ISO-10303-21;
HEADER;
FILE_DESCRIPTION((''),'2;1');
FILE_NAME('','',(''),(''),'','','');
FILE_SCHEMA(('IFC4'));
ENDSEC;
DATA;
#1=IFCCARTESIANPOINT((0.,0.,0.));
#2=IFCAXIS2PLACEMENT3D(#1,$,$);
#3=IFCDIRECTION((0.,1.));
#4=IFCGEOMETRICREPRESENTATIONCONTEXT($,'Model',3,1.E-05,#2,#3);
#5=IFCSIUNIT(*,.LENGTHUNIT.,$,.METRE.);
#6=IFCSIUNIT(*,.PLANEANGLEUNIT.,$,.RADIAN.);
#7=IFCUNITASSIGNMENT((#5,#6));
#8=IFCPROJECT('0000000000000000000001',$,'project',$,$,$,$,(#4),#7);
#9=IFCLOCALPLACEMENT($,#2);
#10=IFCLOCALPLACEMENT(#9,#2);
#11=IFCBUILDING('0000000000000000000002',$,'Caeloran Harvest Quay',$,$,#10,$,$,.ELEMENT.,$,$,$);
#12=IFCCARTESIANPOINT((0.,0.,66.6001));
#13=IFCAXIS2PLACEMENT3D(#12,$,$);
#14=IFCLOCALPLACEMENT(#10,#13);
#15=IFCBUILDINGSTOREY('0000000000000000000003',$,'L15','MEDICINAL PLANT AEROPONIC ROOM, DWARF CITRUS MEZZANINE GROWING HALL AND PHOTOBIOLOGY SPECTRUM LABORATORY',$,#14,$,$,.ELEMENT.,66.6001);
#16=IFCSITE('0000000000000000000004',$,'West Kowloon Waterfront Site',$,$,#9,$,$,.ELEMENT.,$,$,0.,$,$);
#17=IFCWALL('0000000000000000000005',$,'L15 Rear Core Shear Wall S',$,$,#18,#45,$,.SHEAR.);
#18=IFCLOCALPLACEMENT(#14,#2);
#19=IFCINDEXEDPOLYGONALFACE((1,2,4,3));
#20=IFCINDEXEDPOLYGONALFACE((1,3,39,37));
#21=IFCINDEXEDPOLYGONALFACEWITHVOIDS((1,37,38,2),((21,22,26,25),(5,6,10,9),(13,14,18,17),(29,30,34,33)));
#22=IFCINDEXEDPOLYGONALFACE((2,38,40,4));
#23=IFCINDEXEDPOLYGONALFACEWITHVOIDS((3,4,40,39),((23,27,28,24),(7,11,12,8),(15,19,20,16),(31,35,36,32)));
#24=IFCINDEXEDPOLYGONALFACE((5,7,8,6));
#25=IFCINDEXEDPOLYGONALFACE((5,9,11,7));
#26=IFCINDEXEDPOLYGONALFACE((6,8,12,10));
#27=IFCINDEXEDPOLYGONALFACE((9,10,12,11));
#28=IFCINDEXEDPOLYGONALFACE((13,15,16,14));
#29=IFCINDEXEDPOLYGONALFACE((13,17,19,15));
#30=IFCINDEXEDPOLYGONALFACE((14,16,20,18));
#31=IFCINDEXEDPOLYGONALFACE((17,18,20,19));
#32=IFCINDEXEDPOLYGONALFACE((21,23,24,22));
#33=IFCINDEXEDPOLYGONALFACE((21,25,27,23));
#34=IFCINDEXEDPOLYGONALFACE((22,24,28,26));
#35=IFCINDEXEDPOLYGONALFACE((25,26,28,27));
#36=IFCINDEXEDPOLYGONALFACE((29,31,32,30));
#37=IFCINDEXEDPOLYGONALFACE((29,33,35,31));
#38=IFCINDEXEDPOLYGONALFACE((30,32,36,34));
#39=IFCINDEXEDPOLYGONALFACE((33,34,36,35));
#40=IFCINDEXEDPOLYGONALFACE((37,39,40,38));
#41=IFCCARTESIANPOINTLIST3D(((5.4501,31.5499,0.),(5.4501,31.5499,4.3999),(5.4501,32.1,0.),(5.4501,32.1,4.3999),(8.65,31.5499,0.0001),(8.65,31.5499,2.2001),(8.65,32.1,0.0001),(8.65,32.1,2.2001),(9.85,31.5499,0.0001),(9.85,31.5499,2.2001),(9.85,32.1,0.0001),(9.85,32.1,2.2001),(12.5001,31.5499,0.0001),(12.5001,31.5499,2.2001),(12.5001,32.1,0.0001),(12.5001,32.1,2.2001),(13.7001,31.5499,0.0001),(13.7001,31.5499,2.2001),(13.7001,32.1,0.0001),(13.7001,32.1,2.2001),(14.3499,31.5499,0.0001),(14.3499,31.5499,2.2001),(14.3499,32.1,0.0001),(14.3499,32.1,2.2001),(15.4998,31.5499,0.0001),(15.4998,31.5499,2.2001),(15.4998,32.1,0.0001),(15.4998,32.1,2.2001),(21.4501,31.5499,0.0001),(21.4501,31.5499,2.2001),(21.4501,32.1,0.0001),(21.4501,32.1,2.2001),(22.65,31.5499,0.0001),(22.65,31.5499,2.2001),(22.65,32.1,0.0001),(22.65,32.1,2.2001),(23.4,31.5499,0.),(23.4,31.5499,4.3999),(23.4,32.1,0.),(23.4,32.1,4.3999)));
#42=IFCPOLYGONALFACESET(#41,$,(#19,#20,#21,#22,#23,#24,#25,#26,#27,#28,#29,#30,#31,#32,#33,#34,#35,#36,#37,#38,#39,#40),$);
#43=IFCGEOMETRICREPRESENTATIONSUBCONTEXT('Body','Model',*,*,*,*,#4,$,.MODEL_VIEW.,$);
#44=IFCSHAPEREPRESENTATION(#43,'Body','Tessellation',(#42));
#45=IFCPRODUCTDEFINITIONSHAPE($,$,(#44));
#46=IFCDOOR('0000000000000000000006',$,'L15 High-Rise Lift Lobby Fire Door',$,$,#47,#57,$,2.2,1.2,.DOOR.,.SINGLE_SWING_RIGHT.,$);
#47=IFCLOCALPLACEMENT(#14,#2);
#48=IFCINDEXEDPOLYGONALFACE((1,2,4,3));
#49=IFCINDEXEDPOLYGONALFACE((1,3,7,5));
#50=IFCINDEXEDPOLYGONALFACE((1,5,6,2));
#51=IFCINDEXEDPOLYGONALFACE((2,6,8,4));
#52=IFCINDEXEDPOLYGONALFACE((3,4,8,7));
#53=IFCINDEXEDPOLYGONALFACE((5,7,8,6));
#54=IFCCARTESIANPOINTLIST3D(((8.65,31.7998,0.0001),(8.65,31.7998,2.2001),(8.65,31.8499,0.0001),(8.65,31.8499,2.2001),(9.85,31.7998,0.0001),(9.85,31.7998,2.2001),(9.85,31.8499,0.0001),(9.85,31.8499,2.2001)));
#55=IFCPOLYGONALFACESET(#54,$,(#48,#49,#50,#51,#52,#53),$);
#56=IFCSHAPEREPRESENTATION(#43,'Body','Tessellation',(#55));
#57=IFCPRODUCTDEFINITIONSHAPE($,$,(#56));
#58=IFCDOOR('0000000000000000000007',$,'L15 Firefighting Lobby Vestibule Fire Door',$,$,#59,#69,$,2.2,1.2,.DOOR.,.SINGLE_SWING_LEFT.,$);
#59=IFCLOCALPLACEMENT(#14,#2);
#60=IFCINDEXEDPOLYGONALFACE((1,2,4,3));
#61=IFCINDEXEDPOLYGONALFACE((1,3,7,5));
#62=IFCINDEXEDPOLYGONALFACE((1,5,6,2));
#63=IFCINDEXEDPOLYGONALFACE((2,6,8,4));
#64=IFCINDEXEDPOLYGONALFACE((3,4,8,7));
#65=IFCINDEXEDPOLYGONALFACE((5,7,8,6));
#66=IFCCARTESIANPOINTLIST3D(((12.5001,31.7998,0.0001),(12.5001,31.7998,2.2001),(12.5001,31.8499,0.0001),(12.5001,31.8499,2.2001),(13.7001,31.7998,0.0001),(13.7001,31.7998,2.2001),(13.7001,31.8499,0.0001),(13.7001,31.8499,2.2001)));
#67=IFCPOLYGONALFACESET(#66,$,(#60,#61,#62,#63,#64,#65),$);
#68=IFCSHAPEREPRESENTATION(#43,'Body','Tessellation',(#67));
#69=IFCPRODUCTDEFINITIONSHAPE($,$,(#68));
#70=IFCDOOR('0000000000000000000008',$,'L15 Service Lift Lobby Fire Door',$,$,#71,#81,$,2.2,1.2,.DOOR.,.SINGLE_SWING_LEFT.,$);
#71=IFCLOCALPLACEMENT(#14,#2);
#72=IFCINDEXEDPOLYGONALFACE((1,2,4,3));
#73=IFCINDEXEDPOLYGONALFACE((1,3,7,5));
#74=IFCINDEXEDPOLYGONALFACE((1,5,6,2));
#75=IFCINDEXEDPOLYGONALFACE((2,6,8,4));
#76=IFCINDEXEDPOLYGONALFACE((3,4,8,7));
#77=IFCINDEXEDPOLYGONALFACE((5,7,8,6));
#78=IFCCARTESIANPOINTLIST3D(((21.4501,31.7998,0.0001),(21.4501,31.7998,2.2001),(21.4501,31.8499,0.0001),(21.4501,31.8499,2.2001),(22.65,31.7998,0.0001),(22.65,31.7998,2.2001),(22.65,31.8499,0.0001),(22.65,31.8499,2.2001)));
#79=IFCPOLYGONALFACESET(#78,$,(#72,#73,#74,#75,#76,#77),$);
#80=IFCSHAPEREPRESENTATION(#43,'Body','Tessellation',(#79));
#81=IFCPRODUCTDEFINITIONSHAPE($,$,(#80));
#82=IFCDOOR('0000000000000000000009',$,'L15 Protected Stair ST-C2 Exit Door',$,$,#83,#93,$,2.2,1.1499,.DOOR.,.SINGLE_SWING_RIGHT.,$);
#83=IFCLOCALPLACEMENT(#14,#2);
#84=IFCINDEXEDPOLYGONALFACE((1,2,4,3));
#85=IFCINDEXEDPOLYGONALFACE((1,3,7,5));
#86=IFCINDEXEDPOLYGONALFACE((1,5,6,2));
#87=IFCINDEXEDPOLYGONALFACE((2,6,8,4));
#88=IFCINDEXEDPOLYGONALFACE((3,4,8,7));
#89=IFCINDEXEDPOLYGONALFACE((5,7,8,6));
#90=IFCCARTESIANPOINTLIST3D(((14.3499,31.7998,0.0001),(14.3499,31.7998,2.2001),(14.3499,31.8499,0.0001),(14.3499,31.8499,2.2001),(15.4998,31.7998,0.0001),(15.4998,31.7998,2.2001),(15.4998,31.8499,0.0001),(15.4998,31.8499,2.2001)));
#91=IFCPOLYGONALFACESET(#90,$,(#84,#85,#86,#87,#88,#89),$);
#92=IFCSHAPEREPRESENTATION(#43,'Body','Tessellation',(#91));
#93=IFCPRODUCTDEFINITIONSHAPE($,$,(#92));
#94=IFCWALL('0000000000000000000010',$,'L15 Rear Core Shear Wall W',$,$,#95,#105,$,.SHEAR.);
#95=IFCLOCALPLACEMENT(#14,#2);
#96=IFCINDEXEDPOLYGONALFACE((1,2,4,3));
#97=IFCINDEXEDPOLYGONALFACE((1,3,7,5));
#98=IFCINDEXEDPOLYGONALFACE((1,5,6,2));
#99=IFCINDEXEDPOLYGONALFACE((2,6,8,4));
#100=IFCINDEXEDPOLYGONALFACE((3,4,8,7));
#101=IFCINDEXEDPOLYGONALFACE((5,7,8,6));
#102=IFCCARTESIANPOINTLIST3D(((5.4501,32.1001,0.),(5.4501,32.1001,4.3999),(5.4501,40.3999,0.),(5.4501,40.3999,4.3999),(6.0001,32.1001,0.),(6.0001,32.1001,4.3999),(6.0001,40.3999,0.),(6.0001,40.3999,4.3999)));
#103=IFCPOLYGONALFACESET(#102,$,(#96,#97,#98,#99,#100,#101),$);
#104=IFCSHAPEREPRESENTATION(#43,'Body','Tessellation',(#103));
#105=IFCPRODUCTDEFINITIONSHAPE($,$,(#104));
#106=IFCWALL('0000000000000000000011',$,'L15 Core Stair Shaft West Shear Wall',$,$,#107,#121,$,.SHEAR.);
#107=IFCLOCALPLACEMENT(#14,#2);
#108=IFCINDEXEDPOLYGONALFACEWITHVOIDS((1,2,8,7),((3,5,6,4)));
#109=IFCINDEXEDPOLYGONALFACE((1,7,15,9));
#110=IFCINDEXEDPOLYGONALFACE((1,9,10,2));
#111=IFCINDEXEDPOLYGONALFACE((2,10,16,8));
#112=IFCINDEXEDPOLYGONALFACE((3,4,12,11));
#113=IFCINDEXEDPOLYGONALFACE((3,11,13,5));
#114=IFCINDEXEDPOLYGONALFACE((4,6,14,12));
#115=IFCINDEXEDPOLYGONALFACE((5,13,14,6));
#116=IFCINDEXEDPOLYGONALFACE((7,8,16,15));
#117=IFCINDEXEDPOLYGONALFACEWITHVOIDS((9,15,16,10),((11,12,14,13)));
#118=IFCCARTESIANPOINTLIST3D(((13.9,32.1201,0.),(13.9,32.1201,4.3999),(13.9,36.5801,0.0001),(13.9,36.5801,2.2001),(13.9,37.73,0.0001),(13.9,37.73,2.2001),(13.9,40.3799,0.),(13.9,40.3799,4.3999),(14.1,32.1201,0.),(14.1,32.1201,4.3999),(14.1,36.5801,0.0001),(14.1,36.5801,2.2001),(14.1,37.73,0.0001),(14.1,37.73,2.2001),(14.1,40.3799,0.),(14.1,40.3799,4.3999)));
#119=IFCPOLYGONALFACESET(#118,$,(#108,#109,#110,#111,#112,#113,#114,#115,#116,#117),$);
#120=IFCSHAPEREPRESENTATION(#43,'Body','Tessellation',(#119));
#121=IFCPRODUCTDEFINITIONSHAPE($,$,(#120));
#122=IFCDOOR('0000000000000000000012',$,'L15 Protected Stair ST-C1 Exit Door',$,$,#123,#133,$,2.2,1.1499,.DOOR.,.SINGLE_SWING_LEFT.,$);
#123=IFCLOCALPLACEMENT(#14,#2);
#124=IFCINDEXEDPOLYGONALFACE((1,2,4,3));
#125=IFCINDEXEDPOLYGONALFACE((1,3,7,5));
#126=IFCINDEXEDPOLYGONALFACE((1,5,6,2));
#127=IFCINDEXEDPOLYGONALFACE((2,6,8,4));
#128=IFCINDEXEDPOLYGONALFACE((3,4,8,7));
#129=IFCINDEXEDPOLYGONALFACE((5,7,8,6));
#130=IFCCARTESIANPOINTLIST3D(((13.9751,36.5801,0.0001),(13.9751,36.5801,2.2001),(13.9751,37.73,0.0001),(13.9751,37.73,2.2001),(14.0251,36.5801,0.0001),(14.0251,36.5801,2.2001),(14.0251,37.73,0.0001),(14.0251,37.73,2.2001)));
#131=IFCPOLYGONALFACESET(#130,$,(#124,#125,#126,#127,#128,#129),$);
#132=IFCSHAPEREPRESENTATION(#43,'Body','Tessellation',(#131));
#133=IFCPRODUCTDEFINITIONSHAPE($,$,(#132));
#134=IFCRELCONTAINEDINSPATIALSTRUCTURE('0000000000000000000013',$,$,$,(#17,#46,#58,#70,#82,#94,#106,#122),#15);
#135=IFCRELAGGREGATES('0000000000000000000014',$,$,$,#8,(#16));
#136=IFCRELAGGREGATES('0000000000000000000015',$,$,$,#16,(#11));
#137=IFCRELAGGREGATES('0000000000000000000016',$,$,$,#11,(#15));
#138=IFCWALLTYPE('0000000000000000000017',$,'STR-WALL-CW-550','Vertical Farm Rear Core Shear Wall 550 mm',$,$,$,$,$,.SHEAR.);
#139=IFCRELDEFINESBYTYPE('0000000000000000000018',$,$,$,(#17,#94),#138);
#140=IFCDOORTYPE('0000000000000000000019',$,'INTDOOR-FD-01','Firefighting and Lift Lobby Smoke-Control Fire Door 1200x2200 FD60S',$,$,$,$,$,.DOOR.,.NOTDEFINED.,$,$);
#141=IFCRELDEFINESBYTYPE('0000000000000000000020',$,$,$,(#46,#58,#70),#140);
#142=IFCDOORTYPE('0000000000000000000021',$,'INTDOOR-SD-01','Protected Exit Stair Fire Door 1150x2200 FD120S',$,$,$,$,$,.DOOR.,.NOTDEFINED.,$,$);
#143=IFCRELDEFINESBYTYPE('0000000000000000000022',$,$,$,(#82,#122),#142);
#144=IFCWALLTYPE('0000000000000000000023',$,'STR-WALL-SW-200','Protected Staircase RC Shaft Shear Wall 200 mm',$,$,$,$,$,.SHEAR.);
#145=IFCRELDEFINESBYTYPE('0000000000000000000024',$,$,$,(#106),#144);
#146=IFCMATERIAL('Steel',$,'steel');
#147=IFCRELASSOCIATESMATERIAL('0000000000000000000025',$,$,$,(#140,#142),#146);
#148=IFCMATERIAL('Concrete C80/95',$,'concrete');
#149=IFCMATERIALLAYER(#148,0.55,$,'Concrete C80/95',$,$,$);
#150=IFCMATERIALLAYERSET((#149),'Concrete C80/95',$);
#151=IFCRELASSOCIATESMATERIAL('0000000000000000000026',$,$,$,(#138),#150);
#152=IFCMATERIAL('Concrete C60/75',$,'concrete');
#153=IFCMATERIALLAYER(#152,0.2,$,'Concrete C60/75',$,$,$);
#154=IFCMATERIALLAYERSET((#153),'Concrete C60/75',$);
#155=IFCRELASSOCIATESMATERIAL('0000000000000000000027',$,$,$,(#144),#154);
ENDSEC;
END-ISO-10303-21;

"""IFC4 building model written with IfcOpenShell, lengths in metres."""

from ifc_helpers import new_model, si_unit, direction, frame, frame_2d, origin, place, context, subcontext, project, spatial, rectangle, extrude, material, layer, layer_set, type_object, element, fill, save


model = new_model("IFC4")

# Units and contexts
model_context = context("Model", 3, precision=1e-05, world=origin(), true_north=direction((0.0, 1.0)))
body_context = subcontext(model_context, "Body", "Model", "MODEL_VIEW")
ifc_project = project(units=[si_unit("LENGTHUNIT", "METRE"), si_unit("PLANEANGLEUNIT", "RADIAN")], contexts=[model_context])

# Site, building, storey
site_placement = place(None, origin())
site = spatial("IfcSite", under=ifc_project, at=site_placement, Name="West Kowloon Waterfront Site", CompositionType="ELEMENT", RefElevation=0.0)
building_placement = place(site_placement, origin())
building = spatial("IfcBuilding", under=site, at=building_placement, Name="Caeloran Harvest Quay", CompositionType="ELEMENT")
storey_placement = place(building_placement, frame((0.0, 0.0, 66.6001)))
storey = spatial("IfcBuildingStorey", under=building, at=storey_placement, Name="L15", Description="MEDICINAL PLANT AEROPONIC ROOM, DWARF CITRUS MEZZANINE GROWING HALL AND PHOTOBIOLOGY SPECTRUM LABORATORY", CompositionType="ELEMENT", Elevation=66.6001)

# Shared definitions
ifc_material_1 = material(Name="Concrete C80/95", Category="concrete")

# Shared definitions
ifc_material_2 = material(Name="Steel", Category="steel")
door_type_1 = type_object("IfcDoorType", Name="INTDOOR-FD-01", Description="Firefighting and Lift Lobby Smoke-Control Fire Door 1200x2200 FD60S", OperationType="NOTDEFINED", PredefinedType="DOOR", material=ifc_material_2)

# Wall, openings, doors
ifc_layer_1 = layer(ifc_material_1, 0.55, Name="Concrete C80/95")
ifc_layer_set_1 = layer_set([ifc_layer_1], Name="Concrete C80/95")
wall_type_1 = type_object("IfcWallType", Name="STR-WALL-CW-550", Description="Vertical Farm Rear Core Shear Wall 550 mm", PredefinedType="SHEAR", material=ifc_layer_set_1)
wall_1_placement = place(storey_placement, frame((5.45, 31.825, 0.0), z_axis=(0.0, 0.0, 1.0), x_axis=(1.0, 0.0, 0.0)))
wall_1 = element("IfcWall", 1, at=wall_1_placement, inside=storey, type_object=wall_type_1, Name="L15 Rear Core Shear Wall S", PredefinedType="SHEAR", context=body_context, shape_type="SweptSolid", body=[
    extrude(rectangle(XDim=17.95, YDim=0.55, at=frame_2d((8.9751, 0.0))), origin(), (0.0, 0.0, 1.0), 4.3999),
])
opening_1_placement = place(wall_1_placement, frame((3.2, 0.0, 0.0)))
opening_1 = element("IfcOpeningElement", 2, at=opening_1_placement, cuts=wall_1, PredefinedType="OPENING", context=body_context, shape_type="SweptSolid", body=[
    extrude(rectangle(XDim=1.2, YDim=2.2, at=frame_2d((0.6001, 1.1001))), frame((0.0, 0.2852, 0.0), z_axis=(0.0, -1.0, 0.0), x_axis=(1.0, 0.0, 0.0)), (0.0, 0.0, 1.0), 0.5701),
])
opening_2_placement = place(wall_1_placement, frame((7.05, 0.0, 0.0)))
opening_2 = element("IfcOpeningElement", 3, at=opening_2_placement, cuts=wall_1, PredefinedType="OPENING", context=body_context, shape_type="SweptSolid", body=[
    extrude(rectangle(XDim=1.2, YDim=2.2, at=frame_2d((0.6001, 1.1001))), frame((0.0, 0.2852, 0.0), z_axis=(0.0, -1.0, 0.0), x_axis=(1.0, 0.0, 0.0)), (0.0, 0.0, 1.0), 0.5701),
])
opening_3_placement = place(wall_1_placement, frame((8.8999, 0.0, 0.0)))
opening_3 = element("IfcOpeningElement", 4, at=opening_3_placement, cuts=wall_1, PredefinedType="OPENING", context=body_context, shape_type="SweptSolid", body=[
    extrude(rectangle(XDim=1.1499, YDim=2.2, at=frame_2d((0.575, 1.1001))), frame((0.0, 0.2852, 0.0), z_axis=(0.0, -1.0, 0.0), x_axis=(1.0, 0.0, 0.0)), (0.0, 0.0, 1.0), 0.5701),
])
opening_4_placement = place(wall_1_placement, frame((16.0, 0.0, 0.0)))
opening_4 = element("IfcOpeningElement", 5, at=opening_4_placement, cuts=wall_1, PredefinedType="OPENING", context=body_context, shape_type="SweptSolid", body=[
    extrude(rectangle(XDim=1.2, YDim=2.2, at=frame_2d((0.6001, 1.1001))), frame((0.0, 0.2852, 0.0), z_axis=(0.0, -1.0, 0.0), x_axis=(1.0, 0.0, 0.0)), (0.0, 0.0, 1.0), 0.5701),
])
door_1_placement = place(opening_1_placement, origin())
door_1 = element("IfcDoor", 6, at=door_1_placement, inside=storey, type_object=door_type_1, Name="L15 High-Rise Lift Lobby Fire Door", OperationType="SINGLE_SWING_RIGHT", OverallHeight=2.2, OverallWidth=1.2, PredefinedType="DOOR", context=body_context, shape_type="SweptSolid", body=[
    extrude(rectangle(XDim=1.2, YDim=2.2, at=frame_2d((0.6001, 1.1001))), frame((0.0, 0.0249, 0.0), z_axis=(0.0, -1.0, 0.0), x_axis=(1.0, 0.0, 0.0)), (0.0, 0.0, 1.0), 0.05),
])
fill(opening_1, door_1)
door_2_placement = place(opening_2_placement, origin())
door_2 = element("IfcDoor", 7, at=door_2_placement, inside=storey, type_object=door_type_1, Name="L15 Firefighting Lobby Vestibule Fire Door", OperationType="SINGLE_SWING_LEFT", OverallHeight=2.2, OverallWidth=1.2, PredefinedType="DOOR", context=body_context, shape_type="SweptSolid", body=[
    extrude(rectangle(XDim=1.2, YDim=2.2, at=frame_2d((0.6001, 1.1001))), frame((0.0, 0.0249, 0.0), z_axis=(0.0, -1.0, 0.0), x_axis=(1.0, 0.0, 0.0)), (0.0, 0.0, 1.0), 0.05),
])
fill(opening_2, door_2)
door_3_placement = place(opening_4_placement, origin())
door_3 = element("IfcDoor", 8, at=door_3_placement, inside=storey, type_object=door_type_1, Name="L15 Service Lift Lobby Fire Door", OperationType="SINGLE_SWING_LEFT", OverallHeight=2.2, OverallWidth=1.2, PredefinedType="DOOR", context=body_context, shape_type="SweptSolid", body=[
    extrude(rectangle(XDim=1.2, YDim=2.2, at=frame_2d((0.6001, 1.1001))), frame((0.0, 0.0249, 0.0), z_axis=(0.0, -1.0, 0.0), x_axis=(1.0, 0.0, 0.0)), (0.0, 0.0, 1.0), 0.05),
])
fill(opening_4, door_3)
door_type_2 = type_object("IfcDoorType", Name="INTDOOR-SD-01", Description="Protected Exit Stair Fire Door 1150x2200 FD120S", OperationType="NOTDEFINED", PredefinedType="DOOR", material=ifc_material_2)
door_4_placement = place(opening_3_placement, origin())
door_4 = element("IfcDoor", 9, at=door_4_placement, inside=storey, type_object=door_type_2, Name="L15 Protected Stair ST-C2 Exit Door", OperationType="SINGLE_SWING_RIGHT", OverallHeight=2.2, OverallWidth=1.1499, PredefinedType="DOOR", context=body_context, shape_type="SweptSolid", body=[
    extrude(rectangle(XDim=1.1499, YDim=2.2, at=frame_2d((0.575, 1.1001))), frame((0.0, 0.0249, 0.0), z_axis=(0.0, -1.0, 0.0), x_axis=(1.0, 0.0, 0.0)), (0.0, 0.0, 1.0), 0.05),
])
fill(opening_3, door_4)

# Wall
wall_2_placement = place(storey_placement, frame((5.7251, 32.1001, 0.0), z_axis=(0.0, 0.0, 1.0), x_axis=(0.0, 1.0, 0.0)))
element("IfcWall", 10, at=wall_2_placement, inside=storey, type_object=wall_type_1, Name="L15 Rear Core Shear Wall W", PredefinedType="SHEAR", context=body_context, shape_type="SweptSolid", body=[
    extrude(rectangle(XDim=8.2998, YDim=0.55, at=frame_2d((4.1499, 0.0))), origin(), (0.0, 0.0, 1.0), 4.3999),
])

# Wall, opening, door
ifc_material_3 = material(Name="Concrete C60/75", Category="concrete")
ifc_layer_2 = layer(ifc_material_3, 0.2, Name="Concrete C60/75")
ifc_layer_set_2 = layer_set([ifc_layer_2], Name="Concrete C60/75")
wall_type_2 = type_object("IfcWallType", Name="STR-WALL-SW-200", Description="Protected Staircase RC Shaft Shear Wall 200 mm", PredefinedType="SHEAR", material=ifc_layer_set_2)
wall_3_placement = place(storey_placement, frame((14.0, 32.1201, 0.0), z_axis=(0.0, 0.0, 1.0), x_axis=(0.0, 1.0, 0.0)))
wall_3 = element("IfcWall", 11, at=wall_3_placement, inside=storey, type_object=wall_type_2, Name="L15 Core Stair Shaft West Shear Wall", PredefinedType="SHEAR", context=body_context, shape_type="SweptSolid", body=[
    extrude(rectangle(XDim=8.2598, YDim=0.2, at=frame_2d((4.1299, 0.0))), origin(), (0.0, 0.0, 1.0), 4.3999),
])
opening_5_placement = place(wall_3_placement, frame((4.46, 0.0, 0.0)))
opening_5 = element("IfcOpeningElement", 12, at=opening_5_placement, cuts=wall_3, PredefinedType="OPENING", context=body_context, shape_type="SweptSolid", body=[
    extrude(rectangle(XDim=1.1499, YDim=2.2, at=frame_2d((0.575, 1.1001))), frame((0.0, 0.1099, 0.0), z_axis=(0.0, -1.0, 0.0), x_axis=(1.0, 0.0, 0.0)), (0.0, 0.0, 1.0), 0.22),
])
door_5_placement = place(opening_5_placement, origin())
door_5 = element("IfcDoor", 13, at=door_5_placement, inside=storey, type_object=door_type_2, Name="L15 Protected Stair ST-C1 Exit Door", OperationType="SINGLE_SWING_LEFT", OverallHeight=2.2, OverallWidth=1.1499, PredefinedType="DOOR", context=body_context, shape_type="SweptSolid", body=[
    extrude(rectangle(XDim=1.1499, YDim=2.2, at=frame_2d((0.575, 1.1001))), frame((0.0, 0.0249, 0.0), z_axis=(0.0, -1.0, 0.0), x_axis=(1.0, 0.0, 0.0)), (0.0, 0.0, 1.0), 0.05),
])
fill(opening_5, door_5)

save(model, "model.ifc")
